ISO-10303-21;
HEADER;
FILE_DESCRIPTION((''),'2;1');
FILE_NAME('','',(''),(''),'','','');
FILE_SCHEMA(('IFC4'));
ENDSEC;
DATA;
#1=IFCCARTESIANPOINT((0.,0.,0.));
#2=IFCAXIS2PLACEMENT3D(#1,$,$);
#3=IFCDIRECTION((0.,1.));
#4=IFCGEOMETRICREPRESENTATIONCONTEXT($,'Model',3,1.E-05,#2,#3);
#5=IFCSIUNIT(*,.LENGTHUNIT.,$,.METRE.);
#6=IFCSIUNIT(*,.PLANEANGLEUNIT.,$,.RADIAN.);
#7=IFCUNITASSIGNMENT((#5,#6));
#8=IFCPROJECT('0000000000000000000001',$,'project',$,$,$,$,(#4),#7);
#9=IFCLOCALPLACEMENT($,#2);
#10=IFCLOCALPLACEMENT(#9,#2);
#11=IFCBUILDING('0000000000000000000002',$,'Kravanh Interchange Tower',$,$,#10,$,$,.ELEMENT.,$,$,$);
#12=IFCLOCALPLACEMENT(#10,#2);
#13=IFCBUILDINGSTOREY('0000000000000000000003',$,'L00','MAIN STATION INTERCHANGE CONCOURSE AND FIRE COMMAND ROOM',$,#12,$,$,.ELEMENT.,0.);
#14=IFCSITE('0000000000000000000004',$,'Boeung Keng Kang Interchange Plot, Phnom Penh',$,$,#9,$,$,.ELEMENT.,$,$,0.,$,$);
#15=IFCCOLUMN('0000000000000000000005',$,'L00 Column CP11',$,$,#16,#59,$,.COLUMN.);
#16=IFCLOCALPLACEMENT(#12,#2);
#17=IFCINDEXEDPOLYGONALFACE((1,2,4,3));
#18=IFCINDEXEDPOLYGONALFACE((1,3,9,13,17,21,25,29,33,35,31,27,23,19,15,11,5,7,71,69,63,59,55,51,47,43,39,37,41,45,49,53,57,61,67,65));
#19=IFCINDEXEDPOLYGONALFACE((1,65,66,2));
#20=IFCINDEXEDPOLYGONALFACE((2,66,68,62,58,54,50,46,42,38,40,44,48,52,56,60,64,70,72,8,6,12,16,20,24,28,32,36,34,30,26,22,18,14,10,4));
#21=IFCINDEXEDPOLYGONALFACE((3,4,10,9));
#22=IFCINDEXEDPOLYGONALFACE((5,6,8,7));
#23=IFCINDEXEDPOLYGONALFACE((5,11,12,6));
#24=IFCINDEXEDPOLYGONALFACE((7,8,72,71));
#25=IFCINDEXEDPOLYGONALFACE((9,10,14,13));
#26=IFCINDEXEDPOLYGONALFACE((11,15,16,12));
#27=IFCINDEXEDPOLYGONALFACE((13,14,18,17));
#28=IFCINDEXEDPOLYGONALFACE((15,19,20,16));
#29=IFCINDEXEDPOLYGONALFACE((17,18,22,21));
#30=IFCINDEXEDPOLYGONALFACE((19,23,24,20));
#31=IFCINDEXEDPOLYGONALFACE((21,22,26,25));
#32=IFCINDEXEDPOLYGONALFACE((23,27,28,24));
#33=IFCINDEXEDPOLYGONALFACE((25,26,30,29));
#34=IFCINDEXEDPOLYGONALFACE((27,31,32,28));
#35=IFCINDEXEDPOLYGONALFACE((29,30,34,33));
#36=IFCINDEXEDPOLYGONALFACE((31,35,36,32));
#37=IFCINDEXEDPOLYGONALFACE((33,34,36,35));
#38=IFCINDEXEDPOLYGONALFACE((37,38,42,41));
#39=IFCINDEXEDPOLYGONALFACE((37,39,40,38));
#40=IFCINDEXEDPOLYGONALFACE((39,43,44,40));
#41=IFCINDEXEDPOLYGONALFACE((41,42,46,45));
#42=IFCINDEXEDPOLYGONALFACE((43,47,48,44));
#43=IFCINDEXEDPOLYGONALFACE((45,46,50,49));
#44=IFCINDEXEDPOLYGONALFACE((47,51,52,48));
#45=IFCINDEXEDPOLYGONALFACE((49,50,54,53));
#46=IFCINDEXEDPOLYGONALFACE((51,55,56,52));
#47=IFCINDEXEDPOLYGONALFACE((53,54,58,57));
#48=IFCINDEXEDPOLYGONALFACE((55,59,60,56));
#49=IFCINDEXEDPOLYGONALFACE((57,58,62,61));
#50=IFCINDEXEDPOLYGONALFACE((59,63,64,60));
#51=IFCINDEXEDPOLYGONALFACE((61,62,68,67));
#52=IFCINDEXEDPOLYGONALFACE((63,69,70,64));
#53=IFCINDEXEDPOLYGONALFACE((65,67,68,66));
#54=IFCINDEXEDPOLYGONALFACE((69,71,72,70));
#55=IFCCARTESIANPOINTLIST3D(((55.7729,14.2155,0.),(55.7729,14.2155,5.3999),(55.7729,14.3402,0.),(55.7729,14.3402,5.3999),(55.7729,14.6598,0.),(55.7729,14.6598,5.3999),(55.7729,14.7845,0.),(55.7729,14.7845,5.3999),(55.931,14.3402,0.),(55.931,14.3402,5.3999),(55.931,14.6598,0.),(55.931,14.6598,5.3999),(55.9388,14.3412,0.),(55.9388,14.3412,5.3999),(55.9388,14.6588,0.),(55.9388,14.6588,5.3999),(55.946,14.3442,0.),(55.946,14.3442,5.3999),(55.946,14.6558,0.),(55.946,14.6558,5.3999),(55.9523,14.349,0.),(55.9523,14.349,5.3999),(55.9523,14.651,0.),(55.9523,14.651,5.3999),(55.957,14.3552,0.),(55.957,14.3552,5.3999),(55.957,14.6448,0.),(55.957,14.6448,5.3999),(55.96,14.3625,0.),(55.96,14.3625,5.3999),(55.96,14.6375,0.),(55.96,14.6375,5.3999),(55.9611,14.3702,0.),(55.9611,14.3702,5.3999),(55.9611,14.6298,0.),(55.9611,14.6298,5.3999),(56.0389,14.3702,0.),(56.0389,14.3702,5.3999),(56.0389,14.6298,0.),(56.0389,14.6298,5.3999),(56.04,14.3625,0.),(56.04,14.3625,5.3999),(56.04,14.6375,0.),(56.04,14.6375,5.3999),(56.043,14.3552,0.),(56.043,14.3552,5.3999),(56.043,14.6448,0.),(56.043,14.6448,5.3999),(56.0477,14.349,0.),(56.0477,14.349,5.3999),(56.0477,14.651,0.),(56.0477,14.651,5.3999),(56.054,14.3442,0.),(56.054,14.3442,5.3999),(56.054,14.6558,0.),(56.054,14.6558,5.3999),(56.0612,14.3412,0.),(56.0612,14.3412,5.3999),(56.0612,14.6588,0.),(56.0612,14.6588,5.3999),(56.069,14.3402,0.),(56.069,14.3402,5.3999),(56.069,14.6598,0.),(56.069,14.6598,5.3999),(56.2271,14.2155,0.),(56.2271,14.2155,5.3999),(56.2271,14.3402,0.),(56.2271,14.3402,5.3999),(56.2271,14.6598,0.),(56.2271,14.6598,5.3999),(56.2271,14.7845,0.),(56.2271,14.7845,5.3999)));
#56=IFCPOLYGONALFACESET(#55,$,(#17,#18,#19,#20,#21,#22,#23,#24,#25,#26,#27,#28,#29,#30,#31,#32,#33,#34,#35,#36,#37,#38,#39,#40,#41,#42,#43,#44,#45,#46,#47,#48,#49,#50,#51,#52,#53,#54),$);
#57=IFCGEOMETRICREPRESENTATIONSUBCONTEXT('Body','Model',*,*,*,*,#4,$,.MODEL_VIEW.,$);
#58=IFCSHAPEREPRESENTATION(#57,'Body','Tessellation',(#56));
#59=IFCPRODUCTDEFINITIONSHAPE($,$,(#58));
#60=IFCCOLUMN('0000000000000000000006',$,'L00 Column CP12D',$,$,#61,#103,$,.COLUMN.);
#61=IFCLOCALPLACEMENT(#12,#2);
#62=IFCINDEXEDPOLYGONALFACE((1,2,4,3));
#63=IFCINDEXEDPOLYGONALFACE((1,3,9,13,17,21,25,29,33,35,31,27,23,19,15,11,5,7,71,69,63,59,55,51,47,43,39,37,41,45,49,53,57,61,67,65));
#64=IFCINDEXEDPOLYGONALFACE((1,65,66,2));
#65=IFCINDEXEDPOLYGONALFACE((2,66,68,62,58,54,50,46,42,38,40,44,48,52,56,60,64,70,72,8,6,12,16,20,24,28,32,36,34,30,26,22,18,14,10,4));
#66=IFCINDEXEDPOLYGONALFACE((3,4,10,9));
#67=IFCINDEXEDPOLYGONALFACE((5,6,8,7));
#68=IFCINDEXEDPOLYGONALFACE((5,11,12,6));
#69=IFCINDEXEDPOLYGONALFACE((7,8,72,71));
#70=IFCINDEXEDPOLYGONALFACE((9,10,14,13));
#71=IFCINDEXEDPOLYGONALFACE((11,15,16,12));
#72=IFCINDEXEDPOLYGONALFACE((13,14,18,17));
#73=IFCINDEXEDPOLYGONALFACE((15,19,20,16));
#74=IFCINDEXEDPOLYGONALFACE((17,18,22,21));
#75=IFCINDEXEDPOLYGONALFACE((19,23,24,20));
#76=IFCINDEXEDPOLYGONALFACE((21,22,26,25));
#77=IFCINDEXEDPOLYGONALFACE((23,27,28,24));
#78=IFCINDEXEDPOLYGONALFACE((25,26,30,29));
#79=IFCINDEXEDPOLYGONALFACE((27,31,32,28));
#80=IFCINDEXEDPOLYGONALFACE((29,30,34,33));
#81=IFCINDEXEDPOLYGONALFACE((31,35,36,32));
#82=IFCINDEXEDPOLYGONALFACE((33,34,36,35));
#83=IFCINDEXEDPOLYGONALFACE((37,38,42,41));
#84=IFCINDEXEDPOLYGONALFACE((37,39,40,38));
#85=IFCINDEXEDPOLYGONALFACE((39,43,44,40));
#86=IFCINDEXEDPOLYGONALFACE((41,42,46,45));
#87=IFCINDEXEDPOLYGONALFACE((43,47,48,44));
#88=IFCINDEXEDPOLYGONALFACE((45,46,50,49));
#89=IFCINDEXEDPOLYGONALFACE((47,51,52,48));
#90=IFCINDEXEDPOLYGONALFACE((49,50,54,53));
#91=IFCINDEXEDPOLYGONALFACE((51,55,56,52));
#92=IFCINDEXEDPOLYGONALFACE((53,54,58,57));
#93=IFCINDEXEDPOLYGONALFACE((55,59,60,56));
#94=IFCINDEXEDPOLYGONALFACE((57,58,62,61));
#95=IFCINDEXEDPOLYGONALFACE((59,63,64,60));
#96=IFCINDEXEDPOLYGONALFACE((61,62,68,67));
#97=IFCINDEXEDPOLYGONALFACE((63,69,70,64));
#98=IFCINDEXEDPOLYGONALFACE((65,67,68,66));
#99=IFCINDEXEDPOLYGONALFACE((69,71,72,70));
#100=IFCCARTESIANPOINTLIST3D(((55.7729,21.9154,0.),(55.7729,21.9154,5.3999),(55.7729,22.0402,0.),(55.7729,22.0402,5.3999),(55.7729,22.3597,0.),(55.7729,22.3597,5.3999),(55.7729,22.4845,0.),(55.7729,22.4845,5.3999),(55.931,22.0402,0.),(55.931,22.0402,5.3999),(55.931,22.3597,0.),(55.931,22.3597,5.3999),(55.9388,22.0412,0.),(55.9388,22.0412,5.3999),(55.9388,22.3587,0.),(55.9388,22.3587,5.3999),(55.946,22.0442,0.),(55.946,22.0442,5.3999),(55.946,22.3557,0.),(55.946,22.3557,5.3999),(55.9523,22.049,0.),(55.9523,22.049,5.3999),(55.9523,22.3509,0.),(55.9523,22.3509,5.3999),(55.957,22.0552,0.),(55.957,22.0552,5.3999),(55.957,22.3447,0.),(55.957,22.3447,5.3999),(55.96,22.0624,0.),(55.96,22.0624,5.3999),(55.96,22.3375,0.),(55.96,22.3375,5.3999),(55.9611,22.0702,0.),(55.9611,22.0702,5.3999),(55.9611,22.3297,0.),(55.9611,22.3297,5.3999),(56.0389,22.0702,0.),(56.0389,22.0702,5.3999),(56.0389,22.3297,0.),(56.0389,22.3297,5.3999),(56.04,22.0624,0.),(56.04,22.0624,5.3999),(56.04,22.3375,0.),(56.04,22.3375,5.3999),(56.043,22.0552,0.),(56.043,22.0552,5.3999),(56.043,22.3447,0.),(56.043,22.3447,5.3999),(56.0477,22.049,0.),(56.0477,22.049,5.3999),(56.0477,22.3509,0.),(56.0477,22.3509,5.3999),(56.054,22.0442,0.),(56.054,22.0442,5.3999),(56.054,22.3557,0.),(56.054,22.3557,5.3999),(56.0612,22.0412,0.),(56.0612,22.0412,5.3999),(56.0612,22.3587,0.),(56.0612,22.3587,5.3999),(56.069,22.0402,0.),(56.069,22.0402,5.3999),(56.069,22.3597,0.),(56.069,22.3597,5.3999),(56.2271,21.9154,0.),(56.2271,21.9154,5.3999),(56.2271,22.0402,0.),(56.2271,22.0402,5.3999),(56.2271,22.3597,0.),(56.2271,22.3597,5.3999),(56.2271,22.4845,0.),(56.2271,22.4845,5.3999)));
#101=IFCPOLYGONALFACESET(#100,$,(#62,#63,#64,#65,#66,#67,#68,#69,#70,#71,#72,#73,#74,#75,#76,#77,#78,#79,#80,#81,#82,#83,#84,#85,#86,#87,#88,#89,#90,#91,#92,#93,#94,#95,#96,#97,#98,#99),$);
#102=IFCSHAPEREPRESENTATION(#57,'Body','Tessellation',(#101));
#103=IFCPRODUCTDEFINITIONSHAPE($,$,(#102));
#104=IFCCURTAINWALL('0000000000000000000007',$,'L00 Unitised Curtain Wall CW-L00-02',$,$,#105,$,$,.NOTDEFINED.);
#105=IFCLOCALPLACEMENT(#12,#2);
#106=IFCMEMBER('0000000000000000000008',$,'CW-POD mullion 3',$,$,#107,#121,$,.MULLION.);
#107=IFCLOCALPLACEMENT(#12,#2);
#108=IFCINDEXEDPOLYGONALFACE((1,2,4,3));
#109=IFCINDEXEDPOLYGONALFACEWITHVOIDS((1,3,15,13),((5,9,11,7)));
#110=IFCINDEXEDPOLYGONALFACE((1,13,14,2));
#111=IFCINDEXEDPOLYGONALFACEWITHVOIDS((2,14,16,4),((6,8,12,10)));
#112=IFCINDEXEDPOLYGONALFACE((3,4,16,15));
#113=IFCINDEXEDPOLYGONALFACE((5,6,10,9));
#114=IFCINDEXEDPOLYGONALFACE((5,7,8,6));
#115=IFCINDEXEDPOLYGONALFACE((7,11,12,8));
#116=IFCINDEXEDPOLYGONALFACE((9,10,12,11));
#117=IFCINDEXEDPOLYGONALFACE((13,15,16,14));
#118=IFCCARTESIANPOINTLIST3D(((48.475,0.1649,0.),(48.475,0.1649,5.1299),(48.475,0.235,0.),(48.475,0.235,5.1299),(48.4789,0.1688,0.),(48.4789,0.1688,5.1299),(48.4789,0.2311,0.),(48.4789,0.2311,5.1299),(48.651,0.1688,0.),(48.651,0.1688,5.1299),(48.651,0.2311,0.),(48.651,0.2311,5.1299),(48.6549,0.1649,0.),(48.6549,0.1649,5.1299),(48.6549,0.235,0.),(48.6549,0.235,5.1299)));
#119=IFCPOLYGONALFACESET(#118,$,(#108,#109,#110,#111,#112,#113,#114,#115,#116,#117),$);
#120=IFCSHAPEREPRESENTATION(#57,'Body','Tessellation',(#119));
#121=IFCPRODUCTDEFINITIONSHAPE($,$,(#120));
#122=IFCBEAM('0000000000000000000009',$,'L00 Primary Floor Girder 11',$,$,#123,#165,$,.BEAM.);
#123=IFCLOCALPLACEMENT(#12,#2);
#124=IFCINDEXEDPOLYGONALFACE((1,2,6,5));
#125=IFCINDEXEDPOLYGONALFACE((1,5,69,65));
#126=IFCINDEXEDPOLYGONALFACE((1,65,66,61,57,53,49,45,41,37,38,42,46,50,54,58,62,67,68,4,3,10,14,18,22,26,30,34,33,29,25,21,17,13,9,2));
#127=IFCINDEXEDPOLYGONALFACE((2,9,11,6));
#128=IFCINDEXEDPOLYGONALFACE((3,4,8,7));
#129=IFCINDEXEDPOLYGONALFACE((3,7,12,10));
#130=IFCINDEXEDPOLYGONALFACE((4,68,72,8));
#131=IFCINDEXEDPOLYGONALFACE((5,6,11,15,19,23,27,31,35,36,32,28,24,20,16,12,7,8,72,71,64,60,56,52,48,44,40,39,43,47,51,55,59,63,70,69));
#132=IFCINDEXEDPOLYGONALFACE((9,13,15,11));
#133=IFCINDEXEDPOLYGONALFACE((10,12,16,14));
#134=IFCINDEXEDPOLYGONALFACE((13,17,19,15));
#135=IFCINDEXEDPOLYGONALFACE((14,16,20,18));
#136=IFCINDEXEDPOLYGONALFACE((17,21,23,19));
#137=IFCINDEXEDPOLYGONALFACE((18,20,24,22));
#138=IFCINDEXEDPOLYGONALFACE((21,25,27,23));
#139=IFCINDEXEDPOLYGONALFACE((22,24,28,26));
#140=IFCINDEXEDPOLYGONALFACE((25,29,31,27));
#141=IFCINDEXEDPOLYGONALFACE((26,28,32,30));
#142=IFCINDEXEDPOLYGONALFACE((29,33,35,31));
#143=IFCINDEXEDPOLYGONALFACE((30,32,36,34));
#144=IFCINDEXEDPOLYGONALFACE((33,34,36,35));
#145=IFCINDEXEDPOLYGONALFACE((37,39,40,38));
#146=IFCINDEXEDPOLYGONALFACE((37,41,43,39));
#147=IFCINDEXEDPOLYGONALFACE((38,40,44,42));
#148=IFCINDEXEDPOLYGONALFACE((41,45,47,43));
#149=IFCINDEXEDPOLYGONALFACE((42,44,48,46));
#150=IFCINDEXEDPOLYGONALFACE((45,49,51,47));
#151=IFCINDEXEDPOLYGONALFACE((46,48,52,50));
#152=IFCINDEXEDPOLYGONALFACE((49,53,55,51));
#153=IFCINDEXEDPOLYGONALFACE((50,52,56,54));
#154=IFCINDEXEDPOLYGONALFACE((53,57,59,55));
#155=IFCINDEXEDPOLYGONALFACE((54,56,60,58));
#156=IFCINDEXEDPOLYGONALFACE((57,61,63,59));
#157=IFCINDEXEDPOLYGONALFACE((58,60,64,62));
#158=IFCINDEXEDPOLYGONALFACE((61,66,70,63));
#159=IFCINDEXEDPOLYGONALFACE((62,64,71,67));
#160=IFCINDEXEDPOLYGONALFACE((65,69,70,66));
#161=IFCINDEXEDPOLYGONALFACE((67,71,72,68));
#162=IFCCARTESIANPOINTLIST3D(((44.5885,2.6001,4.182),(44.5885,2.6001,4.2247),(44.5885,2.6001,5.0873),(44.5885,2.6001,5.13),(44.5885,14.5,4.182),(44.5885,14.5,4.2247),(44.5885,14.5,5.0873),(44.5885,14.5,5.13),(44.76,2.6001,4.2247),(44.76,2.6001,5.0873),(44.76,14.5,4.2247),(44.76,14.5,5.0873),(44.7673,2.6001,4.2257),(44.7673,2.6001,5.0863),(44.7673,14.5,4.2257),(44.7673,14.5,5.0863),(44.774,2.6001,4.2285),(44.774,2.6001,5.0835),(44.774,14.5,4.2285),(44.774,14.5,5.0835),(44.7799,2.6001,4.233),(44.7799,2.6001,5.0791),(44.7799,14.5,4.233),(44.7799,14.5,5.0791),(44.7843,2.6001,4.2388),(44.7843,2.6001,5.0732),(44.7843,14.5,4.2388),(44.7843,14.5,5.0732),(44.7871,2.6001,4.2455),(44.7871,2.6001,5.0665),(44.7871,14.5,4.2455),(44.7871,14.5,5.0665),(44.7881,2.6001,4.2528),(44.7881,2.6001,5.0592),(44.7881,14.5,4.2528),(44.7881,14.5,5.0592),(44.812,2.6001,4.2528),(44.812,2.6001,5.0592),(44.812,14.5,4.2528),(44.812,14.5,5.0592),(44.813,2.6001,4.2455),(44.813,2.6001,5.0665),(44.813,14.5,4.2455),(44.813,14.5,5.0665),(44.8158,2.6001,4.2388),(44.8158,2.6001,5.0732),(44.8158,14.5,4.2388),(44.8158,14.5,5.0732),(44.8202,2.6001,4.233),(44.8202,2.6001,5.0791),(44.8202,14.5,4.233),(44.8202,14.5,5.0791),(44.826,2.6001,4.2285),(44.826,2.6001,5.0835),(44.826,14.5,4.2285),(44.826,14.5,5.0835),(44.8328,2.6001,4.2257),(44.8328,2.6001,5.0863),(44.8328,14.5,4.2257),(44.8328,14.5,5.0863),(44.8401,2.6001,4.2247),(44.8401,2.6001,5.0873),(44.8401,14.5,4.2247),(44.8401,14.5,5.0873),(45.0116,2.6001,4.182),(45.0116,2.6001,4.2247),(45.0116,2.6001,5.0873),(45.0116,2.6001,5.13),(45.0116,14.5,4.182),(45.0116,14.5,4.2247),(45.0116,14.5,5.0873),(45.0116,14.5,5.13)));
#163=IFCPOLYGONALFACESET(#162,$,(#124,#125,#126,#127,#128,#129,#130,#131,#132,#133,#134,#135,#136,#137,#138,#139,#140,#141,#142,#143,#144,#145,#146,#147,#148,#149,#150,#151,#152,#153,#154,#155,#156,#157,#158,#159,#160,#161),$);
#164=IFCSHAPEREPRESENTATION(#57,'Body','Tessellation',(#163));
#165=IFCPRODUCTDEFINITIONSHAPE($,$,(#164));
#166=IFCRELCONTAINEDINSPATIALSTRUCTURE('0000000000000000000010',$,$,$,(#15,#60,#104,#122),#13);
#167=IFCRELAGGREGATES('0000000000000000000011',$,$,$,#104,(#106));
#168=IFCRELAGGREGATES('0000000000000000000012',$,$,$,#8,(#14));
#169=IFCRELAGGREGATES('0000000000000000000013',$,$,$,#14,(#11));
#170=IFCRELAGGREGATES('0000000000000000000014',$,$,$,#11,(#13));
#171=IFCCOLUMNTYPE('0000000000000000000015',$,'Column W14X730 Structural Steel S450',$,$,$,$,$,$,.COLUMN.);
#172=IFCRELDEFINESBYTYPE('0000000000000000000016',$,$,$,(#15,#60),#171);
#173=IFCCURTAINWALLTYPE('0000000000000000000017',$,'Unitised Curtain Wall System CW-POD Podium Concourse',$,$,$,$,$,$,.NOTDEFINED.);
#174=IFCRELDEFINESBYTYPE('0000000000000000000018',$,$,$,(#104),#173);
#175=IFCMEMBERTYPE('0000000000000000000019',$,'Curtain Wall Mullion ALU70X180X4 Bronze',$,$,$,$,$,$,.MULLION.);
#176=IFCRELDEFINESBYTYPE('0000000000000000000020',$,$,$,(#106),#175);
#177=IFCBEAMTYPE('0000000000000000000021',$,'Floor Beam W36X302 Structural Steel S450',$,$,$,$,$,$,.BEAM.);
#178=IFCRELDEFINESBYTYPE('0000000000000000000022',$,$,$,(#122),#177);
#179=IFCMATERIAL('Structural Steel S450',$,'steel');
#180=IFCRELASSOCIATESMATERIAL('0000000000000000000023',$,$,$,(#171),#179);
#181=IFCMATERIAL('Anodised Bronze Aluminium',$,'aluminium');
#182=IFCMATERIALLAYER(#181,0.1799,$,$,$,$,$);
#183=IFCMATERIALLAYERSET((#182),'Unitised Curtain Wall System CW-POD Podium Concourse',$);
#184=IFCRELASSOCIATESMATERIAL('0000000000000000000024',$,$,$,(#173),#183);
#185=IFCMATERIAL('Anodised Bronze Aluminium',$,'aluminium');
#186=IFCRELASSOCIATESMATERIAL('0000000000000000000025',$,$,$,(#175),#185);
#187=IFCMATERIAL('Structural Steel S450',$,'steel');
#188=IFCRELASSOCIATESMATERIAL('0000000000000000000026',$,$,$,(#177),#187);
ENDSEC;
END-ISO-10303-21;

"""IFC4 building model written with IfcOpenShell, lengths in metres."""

from ifc_helpers import new_model, si_unit, direction, frame, origin, origin_2d, place, context, subcontext, project, spatial, hollow_rectangle, i_section, extrude, material, layer, layer_set, material_profile, profile_set, type_object, element, aggregate, save


model = new_model("IFC4")

# Units and contexts
model_context = context("Model", 3, precision=1e-05, world=origin(), true_north=direction((0.0, 1.0)))
body_context = subcontext(model_context, "Body", "Model", "MODEL_VIEW")
ifc_project = project(units=[si_unit("LENGTHUNIT", "METRE"), si_unit("PLANEANGLEUNIT", "RADIAN")], contexts=[model_context])

# Site, building, storey
site_placement = place(None, origin())
site = spatial("IfcSite", under=ifc_project, at=site_placement, Name="Boeung Keng Kang Interchange Plot, Phnom Penh", CompositionType="ELEMENT", RefElevation=0.0)
building_placement = place(site_placement, origin())
building = spatial("IfcBuilding", under=site, at=building_placement, Name="Kravanh Interchange Tower", CompositionType="ELEMENT")
storey_placement = place(building_placement, origin())
storey = spatial("IfcBuildingStorey", under=building, at=storey_placement, Name="L00", Description="MAIN STATION INTERCHANGE CONCOURSE AND FIRE COMMAND ROOM", CompositionType="ELEMENT", Elevation=0.0)

# Columns
ifc_material_1 = material(Name="Structural Steel S450", Category="steel")
ifc_material_profile_1 = material_profile(ifc_material_1, i_section(OverallWidth=0.4541, OverallDepth=0.5691, WebThickness=0.0779, FlangeThickness=0.1248, FilletRadius=0.03, at=origin_2d()), Name="W14X730")
ifc_profile_set_1 = profile_set([ifc_material_profile_1], Name="Structural Steel S450")
column_type = type_object("IfcColumnType", Name="Column W14X730 Structural Steel S450", PredefinedType="COLUMN", material=ifc_profile_set_1)
for number, where, z_axis, x_axis, name in (
    (1, (56.0, 14.5, 0.0), (0.0, 0.0, 1.0), (1.0, 0.0, 0.0), "L00 Column CP11"),
    (2, (56.0, 22.2, 0.0), (0.0, 0.0, 1.0), (1.0, 0.0, 0.0), "L00 Column CP12D"),
):
    element("IfcColumn", number, at=place(storey_placement, frame(where, z_axis=z_axis, x_axis=x_axis)), inside=storey, type_object=column_type, Name=name, PredefinedType="COLUMN", context=body_context, shape_type="SweptSolid", body=[
        extrude(i_section(OverallWidth=0.4541, OverallDepth=0.5691, WebThickness=0.0779, FlangeThickness=0.1248, FilletRadius=0.03, at=origin_2d()), origin(), (0.0, 0.0, 1.0), 5.3999),
    ])

# Curtain wall, member
ifc_material_2 = material(Name="Anodised Bronze Aluminium", Category="aluminium")
ifc_layer_1 = layer(ifc_material_2, 0.1799)
ifc_layer_set_1 = layer_set([ifc_layer_1], Name="Unitised Curtain Wall System CW-POD Podium Concourse")
curtain_wall_type = type_object("IfcCurtainWallType", Name="Unitised Curtain Wall System CW-POD Podium Concourse", PredefinedType="NOTDEFINED", material=ifc_layer_set_1)
curtain_wall_placement = place(storey_placement, origin())
curtain_wall = element("IfcCurtainWall", 3, at=curtain_wall_placement, inside=storey, type_object=curtain_wall_type, Name="L00 Unitised Curtain Wall CW-L00-02", PredefinedType="NOTDEFINED")
ifc_material_3 = material(Name="Anodised Bronze Aluminium", Category="aluminium")
ifc_material_profile_2 = material_profile(ifc_material_3, hollow_rectangle(XDim=0.0701, YDim=0.1799, WallThickness=0.0039, at=origin_2d()), Name="ALU70X180X4")
ifc_profile_set_2 = profile_set([ifc_material_profile_2], Name="Anodised Bronze Aluminium")
member_type = type_object("IfcMemberType", Name="Curtain Wall Mullion ALU70X180X4 Bronze", PredefinedType="MULLION", material=ifc_profile_set_2)
member_placement = place(storey_placement, frame((48.5649, 0.2, 0.0), z_axis=(0.0, 0.0, 1.0), x_axis=(0.0, 1.0, 0.0)))
member = element("IfcMember", 4, at=member_placement, type_object=member_type, Name="CW-POD mullion 3", PredefinedType="MULLION", context=body_context, shape_type="SweptSolid", body=[
    extrude(hollow_rectangle(XDim=0.0701, YDim=0.1799, WallThickness=0.0039, at=origin_2d()), origin(), (0.0, 0.0, 1.0), 5.1299),
])

# Beam
ifc_material_4 = material(Name="Structural Steel S450", Category="steel")
ifc_material_profile_3 = material_profile(ifc_material_4, i_section(OverallWidth=0.4231, OverallDepth=0.948, WebThickness=0.0239, FlangeThickness=0.0427, FilletRadius=0.0281, at=origin_2d()), Name="W36X302")
ifc_profile_set_3 = profile_set([ifc_material_profile_3], Name="Structural Steel S450")
beam_type_1 = type_object("IfcBeamType", Name="Floor Beam W36X302 Structural Steel S450", PredefinedType="BEAM", material=ifc_profile_set_3)
beam_1_placement = place(storey_placement, frame((44.8, 2.6001, 4.656), z_axis=(0.0, 1.0, 0.0), x_axis=(-1.0, 0.0, 0.0)))
element("IfcBeam", 5, at=beam_1_placement, inside=storey, type_object=beam_type_1, Name="L00 Primary Floor Girder 11", PredefinedType="BEAM", context=body_context, shape_type="SweptSolid", body=[
    extrude(i_section(OverallWidth=0.4231, OverallDepth=0.948, WebThickness=0.0239, FlangeThickness=0.0427, FilletRadius=0.0281, at=origin_2d()), origin(), (0.0, 0.0, 1.0), 11.8999),
])

aggregate(curtain_wall, [member])

save(model, "model.ifc")
